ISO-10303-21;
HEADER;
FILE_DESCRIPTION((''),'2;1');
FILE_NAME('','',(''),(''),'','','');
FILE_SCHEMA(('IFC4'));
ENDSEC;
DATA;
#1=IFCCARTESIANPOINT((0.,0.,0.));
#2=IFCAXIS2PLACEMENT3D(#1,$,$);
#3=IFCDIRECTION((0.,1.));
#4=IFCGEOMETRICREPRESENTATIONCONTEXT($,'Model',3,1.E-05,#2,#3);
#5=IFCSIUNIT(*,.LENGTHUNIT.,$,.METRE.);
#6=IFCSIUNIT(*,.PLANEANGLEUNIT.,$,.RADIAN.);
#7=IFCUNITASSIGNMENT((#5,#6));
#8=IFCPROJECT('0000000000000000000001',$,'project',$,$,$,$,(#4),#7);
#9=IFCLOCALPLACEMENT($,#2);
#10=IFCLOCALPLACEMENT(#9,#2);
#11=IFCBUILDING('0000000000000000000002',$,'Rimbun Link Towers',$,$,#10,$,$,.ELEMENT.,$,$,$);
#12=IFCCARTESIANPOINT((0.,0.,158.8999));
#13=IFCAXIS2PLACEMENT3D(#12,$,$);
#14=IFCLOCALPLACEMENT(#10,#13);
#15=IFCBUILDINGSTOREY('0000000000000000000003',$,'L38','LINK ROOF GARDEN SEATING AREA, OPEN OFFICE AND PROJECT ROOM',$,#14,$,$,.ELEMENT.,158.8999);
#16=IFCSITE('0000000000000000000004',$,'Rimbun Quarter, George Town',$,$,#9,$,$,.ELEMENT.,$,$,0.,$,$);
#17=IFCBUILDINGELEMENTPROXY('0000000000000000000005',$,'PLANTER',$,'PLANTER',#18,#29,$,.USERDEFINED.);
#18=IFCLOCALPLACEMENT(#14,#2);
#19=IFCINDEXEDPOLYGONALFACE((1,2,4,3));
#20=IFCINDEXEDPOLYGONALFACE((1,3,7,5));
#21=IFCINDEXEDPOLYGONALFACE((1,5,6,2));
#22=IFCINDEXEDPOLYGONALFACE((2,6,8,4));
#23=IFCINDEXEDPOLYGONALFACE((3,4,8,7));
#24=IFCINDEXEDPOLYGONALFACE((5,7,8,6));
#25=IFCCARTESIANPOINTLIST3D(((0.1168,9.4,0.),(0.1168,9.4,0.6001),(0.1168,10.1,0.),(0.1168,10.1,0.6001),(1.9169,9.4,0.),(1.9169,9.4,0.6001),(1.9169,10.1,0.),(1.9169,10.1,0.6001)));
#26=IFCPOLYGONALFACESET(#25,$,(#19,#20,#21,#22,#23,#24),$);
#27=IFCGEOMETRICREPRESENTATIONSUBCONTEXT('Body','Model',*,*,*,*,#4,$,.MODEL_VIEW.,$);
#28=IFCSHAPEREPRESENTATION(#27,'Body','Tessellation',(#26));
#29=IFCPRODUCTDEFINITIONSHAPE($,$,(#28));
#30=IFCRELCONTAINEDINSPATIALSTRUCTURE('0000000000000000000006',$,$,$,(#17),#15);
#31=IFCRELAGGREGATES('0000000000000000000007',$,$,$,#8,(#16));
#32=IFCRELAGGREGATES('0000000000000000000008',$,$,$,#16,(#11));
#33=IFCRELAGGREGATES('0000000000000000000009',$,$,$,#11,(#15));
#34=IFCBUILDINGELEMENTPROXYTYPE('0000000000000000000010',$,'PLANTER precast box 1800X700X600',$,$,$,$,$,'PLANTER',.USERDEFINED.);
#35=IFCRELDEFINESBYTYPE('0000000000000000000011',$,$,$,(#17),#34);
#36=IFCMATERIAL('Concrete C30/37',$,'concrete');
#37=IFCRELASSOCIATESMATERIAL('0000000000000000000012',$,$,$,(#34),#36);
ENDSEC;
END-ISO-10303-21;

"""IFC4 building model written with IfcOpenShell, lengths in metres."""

from ifc_helpers import new_model, si_unit, direction, frame, origin, origin_2d, place, context, subcontext, project, spatial, rectangle, extrude, material, type_object, element, save


model = new_model("IFC4")

# Units and contexts
model_context = context("Model", 3, precision=1e-05, world=origin(), true_north=direction((0.0, 1.0)))
body_context = subcontext(model_context, "Body", "Model", "MODEL_VIEW")
ifc_project = project(units=[si_unit("LENGTHUNIT", "METRE"), si_unit("PLANEANGLEUNIT", "RADIAN")], contexts=[model_context])

# Site, building, storey
site_placement = place(None, origin())
site = spatial("IfcSite", under=ifc_project, at=site_placement, Name="Rimbun Quarter, George Town", CompositionType="ELEMENT", RefElevation=0.0)
building_placement = place(site_placement, origin())
building = spatial("IfcBuilding", under=site, at=building_placement, Name="Rimbun Link Towers", CompositionType="ELEMENT")
storey_placement = place(building_placement, frame((0.0, 0.0, 158.8999)))
storey = spatial("IfcBuildingStorey", under=building, at=storey_placement, Name="L38", Description="LINK ROOF GARDEN SEATING AREA, OPEN OFFICE AND PROJECT ROOM", CompositionType="ELEMENT", Elevation=158.8999)

# Building element proxy
ifc_material_1 = material(Name="Concrete C30/37", Category="concrete")
building_element_proxy_type = type_object("IfcBuildingElementProxyType", Name="PLANTER precast box 1800X700X600", ElementType="PLANTER", PredefinedType="USERDEFINED", material=ifc_material_1)
proxy_placement = place(storey_placement, frame((1.0168, 9.75, 0.0), z_axis=(0.0, 0.0, 1.0), x_axis=(-1.0, 0.0, 0.0)))
element("IfcBuildingElementProxy", 1, at=proxy_placement, inside=storey, type_object=building_element_proxy_type, Name="PLANTER", ObjectType="PLANTER", PredefinedType="USERDEFINED", context=body_context, shape_type="SweptSolid", body=[
    extrude(rectangle(XDim=1.8, YDim=0.7, at=origin_2d()), origin(), (0.0, 0.0, 1.0), 0.6001),
])

save(model, "model.ifc")
